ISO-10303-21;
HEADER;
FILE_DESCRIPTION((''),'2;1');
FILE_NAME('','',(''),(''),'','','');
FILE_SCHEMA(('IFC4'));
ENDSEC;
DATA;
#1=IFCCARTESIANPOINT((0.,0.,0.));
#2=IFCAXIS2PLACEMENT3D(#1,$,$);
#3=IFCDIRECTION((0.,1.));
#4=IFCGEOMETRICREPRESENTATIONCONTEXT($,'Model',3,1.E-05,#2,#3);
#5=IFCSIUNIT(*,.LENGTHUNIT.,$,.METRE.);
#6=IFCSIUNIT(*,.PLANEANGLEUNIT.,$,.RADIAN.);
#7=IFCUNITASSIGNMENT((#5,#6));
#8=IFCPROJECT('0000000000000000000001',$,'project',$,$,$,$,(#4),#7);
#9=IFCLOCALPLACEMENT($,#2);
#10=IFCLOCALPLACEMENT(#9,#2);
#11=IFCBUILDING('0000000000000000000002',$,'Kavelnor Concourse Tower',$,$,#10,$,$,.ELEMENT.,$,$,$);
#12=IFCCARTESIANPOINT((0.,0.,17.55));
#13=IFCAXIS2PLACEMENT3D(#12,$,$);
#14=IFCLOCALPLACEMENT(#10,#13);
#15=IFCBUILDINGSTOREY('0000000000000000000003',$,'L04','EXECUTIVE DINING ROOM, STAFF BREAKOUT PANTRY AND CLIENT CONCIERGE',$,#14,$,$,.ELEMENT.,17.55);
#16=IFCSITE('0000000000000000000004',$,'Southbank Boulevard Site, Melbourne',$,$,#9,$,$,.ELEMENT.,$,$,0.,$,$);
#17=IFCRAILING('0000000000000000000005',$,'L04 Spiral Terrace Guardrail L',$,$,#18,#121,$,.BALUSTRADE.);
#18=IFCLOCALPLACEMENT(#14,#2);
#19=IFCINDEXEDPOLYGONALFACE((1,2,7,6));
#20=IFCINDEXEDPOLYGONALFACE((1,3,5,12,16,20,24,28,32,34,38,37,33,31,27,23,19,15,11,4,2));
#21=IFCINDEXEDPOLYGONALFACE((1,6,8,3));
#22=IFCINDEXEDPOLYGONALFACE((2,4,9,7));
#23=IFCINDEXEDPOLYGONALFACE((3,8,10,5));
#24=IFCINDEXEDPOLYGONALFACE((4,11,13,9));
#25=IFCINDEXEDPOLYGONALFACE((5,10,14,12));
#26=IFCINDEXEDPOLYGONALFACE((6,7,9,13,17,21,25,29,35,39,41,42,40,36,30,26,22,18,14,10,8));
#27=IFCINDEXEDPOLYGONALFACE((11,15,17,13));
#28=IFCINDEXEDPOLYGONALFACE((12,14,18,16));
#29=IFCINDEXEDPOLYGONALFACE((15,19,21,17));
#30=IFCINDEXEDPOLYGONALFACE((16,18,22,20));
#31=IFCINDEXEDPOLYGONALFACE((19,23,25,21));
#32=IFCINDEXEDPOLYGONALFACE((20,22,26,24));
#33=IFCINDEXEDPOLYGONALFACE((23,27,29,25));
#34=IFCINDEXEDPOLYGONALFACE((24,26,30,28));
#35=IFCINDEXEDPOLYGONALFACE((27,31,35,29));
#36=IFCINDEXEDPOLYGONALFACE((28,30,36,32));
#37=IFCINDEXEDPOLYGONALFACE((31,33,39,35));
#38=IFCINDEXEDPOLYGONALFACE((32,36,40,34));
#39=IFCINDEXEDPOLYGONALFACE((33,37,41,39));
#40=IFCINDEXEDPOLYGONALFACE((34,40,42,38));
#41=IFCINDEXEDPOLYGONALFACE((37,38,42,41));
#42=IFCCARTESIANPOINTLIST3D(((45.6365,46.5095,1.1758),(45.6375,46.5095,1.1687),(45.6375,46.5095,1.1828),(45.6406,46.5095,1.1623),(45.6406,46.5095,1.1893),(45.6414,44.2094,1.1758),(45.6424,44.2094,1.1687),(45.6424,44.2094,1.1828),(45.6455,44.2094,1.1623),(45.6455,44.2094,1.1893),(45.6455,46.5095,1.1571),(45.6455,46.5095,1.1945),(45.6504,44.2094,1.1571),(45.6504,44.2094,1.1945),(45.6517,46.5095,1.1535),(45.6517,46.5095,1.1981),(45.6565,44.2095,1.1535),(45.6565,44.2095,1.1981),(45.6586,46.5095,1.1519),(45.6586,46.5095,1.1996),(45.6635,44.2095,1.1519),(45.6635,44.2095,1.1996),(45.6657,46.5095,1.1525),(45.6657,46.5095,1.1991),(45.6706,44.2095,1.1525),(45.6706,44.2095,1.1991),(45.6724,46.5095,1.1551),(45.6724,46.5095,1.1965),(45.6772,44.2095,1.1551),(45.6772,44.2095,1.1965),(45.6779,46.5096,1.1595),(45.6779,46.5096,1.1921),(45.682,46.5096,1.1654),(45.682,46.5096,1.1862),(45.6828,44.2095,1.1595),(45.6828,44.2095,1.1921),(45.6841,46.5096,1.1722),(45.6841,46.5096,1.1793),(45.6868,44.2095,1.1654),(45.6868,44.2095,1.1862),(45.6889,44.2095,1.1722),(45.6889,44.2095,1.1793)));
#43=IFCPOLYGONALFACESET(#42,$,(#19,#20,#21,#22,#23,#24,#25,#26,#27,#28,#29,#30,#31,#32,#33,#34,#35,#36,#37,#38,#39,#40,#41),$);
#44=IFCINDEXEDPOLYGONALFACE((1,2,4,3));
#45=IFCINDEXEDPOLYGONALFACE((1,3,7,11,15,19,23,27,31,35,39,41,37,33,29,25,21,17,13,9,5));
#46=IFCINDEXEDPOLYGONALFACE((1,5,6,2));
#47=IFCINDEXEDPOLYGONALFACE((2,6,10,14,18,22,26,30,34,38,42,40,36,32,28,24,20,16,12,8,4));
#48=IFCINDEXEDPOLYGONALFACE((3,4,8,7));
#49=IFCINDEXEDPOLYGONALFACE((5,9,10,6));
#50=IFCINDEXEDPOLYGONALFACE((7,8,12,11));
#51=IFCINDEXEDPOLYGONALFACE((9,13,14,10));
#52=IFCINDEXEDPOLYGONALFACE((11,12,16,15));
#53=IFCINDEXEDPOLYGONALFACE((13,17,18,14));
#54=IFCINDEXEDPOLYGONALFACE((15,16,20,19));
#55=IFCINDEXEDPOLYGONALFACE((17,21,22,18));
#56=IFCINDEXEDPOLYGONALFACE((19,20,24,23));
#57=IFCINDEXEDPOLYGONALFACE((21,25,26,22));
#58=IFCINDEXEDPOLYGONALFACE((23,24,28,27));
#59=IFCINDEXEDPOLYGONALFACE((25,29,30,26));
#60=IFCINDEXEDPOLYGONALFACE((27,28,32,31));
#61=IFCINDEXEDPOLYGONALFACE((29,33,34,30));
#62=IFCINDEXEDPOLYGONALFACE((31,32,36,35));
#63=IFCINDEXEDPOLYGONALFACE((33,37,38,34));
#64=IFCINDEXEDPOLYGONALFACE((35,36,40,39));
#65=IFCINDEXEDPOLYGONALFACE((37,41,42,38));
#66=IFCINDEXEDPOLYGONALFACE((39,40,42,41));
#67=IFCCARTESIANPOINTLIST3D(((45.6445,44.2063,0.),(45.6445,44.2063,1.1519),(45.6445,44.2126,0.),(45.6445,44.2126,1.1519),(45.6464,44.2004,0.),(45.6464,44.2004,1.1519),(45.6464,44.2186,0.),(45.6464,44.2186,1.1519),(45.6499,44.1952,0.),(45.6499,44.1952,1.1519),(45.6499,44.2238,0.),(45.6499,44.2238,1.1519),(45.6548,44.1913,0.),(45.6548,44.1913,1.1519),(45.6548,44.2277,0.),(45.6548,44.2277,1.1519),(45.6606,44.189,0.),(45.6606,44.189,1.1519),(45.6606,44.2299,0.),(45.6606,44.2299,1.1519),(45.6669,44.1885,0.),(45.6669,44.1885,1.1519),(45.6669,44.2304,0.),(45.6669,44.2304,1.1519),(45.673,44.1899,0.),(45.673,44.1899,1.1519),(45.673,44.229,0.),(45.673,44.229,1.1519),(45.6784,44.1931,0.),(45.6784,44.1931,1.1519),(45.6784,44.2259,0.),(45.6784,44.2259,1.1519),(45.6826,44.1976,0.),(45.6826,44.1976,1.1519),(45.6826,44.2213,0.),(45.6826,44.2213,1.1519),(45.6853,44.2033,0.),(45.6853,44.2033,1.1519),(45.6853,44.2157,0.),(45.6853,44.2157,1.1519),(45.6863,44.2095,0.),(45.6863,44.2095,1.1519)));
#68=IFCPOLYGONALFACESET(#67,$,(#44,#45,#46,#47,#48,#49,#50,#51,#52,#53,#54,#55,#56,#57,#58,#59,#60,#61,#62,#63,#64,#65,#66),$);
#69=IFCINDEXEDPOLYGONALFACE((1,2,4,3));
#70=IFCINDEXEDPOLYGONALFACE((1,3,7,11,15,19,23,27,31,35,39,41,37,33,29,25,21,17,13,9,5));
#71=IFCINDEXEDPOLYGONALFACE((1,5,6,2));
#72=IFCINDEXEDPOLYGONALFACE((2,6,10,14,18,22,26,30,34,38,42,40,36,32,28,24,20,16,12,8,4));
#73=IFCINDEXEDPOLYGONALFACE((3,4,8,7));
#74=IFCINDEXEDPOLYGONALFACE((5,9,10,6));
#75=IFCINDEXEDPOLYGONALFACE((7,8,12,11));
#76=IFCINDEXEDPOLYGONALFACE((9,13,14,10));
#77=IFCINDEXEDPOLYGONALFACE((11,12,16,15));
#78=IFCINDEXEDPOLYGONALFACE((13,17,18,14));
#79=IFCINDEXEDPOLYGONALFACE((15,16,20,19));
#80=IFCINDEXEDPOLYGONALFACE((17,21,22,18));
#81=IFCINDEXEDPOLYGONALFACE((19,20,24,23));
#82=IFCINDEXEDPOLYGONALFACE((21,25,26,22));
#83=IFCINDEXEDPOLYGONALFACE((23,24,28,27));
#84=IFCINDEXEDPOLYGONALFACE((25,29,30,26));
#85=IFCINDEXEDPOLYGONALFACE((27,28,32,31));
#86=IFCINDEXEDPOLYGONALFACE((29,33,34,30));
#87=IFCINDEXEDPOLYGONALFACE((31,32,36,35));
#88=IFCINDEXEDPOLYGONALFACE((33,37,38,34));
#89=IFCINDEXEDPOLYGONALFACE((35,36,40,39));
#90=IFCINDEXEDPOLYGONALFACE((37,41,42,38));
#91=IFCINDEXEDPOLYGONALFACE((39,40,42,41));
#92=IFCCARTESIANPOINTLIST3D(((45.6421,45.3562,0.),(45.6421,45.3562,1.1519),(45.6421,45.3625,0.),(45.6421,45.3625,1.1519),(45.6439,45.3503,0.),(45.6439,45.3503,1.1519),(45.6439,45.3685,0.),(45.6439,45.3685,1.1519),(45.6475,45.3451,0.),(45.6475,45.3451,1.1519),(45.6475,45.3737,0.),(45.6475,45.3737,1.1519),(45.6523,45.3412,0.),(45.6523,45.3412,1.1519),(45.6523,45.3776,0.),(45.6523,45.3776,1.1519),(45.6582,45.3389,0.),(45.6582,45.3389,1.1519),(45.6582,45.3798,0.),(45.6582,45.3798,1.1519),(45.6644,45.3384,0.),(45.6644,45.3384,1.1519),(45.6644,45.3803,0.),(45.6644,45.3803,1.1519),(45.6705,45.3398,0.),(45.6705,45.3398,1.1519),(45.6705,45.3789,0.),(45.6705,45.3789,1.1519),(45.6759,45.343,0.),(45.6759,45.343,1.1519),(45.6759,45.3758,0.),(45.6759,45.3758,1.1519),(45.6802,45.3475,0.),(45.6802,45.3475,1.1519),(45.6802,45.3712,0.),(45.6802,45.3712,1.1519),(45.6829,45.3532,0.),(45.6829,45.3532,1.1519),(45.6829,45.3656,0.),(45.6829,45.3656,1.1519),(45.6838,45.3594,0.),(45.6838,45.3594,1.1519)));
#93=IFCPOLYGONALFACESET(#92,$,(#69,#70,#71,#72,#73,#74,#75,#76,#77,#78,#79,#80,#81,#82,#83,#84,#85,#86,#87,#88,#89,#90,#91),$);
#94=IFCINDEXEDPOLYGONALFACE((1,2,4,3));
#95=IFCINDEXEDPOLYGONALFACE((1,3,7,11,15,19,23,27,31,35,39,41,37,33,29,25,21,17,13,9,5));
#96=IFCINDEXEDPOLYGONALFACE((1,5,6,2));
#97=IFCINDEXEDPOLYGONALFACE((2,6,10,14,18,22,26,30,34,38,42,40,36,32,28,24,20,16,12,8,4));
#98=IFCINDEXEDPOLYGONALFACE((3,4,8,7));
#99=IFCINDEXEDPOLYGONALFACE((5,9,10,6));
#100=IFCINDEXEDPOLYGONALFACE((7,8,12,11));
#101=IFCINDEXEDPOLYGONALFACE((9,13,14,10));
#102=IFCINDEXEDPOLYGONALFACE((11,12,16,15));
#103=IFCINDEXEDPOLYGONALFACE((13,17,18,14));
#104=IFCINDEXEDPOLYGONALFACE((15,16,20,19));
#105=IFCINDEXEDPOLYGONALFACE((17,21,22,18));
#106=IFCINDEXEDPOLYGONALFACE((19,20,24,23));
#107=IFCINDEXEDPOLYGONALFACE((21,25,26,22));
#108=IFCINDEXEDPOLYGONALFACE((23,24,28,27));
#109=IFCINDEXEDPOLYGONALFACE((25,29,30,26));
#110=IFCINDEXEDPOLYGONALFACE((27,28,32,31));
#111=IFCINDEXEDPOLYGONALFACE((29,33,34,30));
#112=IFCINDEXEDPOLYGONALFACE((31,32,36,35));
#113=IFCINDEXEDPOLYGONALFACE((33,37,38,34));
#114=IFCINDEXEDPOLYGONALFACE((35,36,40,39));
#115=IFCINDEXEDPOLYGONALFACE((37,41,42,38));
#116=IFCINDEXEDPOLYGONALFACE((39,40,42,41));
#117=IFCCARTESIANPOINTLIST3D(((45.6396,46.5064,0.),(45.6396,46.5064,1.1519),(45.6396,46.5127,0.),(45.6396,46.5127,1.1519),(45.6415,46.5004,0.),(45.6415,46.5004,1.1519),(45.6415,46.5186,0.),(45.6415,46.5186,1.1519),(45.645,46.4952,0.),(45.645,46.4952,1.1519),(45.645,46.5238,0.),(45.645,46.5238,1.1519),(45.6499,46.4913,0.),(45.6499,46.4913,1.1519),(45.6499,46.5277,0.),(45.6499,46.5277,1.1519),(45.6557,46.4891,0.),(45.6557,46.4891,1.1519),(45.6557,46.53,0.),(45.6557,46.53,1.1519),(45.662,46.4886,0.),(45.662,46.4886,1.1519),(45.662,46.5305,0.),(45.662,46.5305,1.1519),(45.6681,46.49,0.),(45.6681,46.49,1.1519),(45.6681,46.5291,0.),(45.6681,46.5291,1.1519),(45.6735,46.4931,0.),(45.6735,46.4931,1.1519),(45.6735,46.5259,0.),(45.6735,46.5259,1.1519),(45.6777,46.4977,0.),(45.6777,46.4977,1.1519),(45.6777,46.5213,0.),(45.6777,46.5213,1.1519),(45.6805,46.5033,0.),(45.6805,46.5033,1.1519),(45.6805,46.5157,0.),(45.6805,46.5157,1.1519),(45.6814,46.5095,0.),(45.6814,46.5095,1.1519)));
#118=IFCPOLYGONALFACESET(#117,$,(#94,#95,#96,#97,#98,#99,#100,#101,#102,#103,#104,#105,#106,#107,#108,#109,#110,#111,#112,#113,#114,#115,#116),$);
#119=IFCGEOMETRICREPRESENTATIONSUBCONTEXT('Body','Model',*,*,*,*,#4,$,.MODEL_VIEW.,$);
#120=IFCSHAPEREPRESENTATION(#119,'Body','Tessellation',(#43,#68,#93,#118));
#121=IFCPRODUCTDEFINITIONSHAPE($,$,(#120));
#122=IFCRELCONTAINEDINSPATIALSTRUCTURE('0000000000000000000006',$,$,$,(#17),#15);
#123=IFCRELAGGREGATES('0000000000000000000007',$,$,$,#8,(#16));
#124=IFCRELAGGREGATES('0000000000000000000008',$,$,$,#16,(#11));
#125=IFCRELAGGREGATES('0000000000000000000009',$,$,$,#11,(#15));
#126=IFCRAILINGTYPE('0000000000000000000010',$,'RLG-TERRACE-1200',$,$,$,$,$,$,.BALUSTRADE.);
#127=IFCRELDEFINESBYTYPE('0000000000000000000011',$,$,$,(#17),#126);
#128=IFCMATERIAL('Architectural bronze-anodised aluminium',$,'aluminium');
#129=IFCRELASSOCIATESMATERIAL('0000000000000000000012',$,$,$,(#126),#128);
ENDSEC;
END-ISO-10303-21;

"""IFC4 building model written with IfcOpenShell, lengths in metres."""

from ifc_helpers import new_model, si_unit, direction, frame, origin, origin_2d, place, context, subcontext, project, spatial, circle, extrude, material, type_object, element, save


model = new_model("IFC4")

# Units and contexts
model_context = context("Model", 3, precision=1e-05, world=origin(), true_north=direction((0.0, 1.0)))
body_context = subcontext(model_context, "Body", "Model", "MODEL_VIEW")
ifc_project = project(units=[si_unit("LENGTHUNIT", "METRE"), si_unit("PLANEANGLEUNIT", "RADIAN")], contexts=[model_context])

# Site, building, storey
site_placement = place(None, origin())
site = spatial("IfcSite", under=ifc_project, at=site_placement, Name="Southbank Boulevard Site, Melbourne", CompositionType="ELEMENT", RefElevation=0.0)
building_placement = place(site_placement, origin())
building = spatial("IfcBuilding", under=site, at=building_placement, Name="Kavelnor Concourse Tower", CompositionType="ELEMENT")
storey_placement = place(building_placement, frame((0.0, 0.0, 17.55)))
storey = spatial("IfcBuildingStorey", under=building, at=storey_placement, Name="L04", Description="EXECUTIVE DINING ROOM, STAFF BREAKOUT PANTRY AND CLIENT CONCIERGE", CompositionType="ELEMENT", Elevation=17.55)

# Railing
ifc_material_1 = material(Name="Architectural bronze-anodised aluminium", Category="aluminium")
railing_type = type_object("IfcRailingType", Name="RLG-TERRACE-1200", PredefinedType="BALUSTRADE", material=ifc_material_1)
railing_1_placement = place(storey_placement, frame((45.6653, 44.2095, 0.0)))
element("IfcRailing", 1, at=railing_1_placement, inside=storey, type_object=railing_type, Name="L04 Spiral Terrace Guardrail L", PredefinedType="BALUSTRADE", context=body_context, shape_type="SweptSolid", body=[
    extrude(circle(Radius=0.0239, at=origin_2d()), frame((0.0, 0.0, 1.1758), z_axis=(-0.002123, 0.999998, 0.0), x_axis=(-0.999998, -0.002123, 0.0)), (0.0, 0.0, 1.0), 2.3),
    extrude(circle(Radius=0.021, at=origin_2d()), origin(), (0.0, 0.0, 1.0), 1.1519),
    extrude(circle(Radius=0.021, at=origin_2d()), frame((-0.0024, 1.1499, 0.0)), (0.0, 0.0, 1.0), 1.1519),
    extrude(circle(Radius=0.021, at=origin_2d()), frame((-0.0049, 2.3, 0.0)), (0.0, 0.0, 1.0), 1.1519),
])

save(model, "model.ifc")
